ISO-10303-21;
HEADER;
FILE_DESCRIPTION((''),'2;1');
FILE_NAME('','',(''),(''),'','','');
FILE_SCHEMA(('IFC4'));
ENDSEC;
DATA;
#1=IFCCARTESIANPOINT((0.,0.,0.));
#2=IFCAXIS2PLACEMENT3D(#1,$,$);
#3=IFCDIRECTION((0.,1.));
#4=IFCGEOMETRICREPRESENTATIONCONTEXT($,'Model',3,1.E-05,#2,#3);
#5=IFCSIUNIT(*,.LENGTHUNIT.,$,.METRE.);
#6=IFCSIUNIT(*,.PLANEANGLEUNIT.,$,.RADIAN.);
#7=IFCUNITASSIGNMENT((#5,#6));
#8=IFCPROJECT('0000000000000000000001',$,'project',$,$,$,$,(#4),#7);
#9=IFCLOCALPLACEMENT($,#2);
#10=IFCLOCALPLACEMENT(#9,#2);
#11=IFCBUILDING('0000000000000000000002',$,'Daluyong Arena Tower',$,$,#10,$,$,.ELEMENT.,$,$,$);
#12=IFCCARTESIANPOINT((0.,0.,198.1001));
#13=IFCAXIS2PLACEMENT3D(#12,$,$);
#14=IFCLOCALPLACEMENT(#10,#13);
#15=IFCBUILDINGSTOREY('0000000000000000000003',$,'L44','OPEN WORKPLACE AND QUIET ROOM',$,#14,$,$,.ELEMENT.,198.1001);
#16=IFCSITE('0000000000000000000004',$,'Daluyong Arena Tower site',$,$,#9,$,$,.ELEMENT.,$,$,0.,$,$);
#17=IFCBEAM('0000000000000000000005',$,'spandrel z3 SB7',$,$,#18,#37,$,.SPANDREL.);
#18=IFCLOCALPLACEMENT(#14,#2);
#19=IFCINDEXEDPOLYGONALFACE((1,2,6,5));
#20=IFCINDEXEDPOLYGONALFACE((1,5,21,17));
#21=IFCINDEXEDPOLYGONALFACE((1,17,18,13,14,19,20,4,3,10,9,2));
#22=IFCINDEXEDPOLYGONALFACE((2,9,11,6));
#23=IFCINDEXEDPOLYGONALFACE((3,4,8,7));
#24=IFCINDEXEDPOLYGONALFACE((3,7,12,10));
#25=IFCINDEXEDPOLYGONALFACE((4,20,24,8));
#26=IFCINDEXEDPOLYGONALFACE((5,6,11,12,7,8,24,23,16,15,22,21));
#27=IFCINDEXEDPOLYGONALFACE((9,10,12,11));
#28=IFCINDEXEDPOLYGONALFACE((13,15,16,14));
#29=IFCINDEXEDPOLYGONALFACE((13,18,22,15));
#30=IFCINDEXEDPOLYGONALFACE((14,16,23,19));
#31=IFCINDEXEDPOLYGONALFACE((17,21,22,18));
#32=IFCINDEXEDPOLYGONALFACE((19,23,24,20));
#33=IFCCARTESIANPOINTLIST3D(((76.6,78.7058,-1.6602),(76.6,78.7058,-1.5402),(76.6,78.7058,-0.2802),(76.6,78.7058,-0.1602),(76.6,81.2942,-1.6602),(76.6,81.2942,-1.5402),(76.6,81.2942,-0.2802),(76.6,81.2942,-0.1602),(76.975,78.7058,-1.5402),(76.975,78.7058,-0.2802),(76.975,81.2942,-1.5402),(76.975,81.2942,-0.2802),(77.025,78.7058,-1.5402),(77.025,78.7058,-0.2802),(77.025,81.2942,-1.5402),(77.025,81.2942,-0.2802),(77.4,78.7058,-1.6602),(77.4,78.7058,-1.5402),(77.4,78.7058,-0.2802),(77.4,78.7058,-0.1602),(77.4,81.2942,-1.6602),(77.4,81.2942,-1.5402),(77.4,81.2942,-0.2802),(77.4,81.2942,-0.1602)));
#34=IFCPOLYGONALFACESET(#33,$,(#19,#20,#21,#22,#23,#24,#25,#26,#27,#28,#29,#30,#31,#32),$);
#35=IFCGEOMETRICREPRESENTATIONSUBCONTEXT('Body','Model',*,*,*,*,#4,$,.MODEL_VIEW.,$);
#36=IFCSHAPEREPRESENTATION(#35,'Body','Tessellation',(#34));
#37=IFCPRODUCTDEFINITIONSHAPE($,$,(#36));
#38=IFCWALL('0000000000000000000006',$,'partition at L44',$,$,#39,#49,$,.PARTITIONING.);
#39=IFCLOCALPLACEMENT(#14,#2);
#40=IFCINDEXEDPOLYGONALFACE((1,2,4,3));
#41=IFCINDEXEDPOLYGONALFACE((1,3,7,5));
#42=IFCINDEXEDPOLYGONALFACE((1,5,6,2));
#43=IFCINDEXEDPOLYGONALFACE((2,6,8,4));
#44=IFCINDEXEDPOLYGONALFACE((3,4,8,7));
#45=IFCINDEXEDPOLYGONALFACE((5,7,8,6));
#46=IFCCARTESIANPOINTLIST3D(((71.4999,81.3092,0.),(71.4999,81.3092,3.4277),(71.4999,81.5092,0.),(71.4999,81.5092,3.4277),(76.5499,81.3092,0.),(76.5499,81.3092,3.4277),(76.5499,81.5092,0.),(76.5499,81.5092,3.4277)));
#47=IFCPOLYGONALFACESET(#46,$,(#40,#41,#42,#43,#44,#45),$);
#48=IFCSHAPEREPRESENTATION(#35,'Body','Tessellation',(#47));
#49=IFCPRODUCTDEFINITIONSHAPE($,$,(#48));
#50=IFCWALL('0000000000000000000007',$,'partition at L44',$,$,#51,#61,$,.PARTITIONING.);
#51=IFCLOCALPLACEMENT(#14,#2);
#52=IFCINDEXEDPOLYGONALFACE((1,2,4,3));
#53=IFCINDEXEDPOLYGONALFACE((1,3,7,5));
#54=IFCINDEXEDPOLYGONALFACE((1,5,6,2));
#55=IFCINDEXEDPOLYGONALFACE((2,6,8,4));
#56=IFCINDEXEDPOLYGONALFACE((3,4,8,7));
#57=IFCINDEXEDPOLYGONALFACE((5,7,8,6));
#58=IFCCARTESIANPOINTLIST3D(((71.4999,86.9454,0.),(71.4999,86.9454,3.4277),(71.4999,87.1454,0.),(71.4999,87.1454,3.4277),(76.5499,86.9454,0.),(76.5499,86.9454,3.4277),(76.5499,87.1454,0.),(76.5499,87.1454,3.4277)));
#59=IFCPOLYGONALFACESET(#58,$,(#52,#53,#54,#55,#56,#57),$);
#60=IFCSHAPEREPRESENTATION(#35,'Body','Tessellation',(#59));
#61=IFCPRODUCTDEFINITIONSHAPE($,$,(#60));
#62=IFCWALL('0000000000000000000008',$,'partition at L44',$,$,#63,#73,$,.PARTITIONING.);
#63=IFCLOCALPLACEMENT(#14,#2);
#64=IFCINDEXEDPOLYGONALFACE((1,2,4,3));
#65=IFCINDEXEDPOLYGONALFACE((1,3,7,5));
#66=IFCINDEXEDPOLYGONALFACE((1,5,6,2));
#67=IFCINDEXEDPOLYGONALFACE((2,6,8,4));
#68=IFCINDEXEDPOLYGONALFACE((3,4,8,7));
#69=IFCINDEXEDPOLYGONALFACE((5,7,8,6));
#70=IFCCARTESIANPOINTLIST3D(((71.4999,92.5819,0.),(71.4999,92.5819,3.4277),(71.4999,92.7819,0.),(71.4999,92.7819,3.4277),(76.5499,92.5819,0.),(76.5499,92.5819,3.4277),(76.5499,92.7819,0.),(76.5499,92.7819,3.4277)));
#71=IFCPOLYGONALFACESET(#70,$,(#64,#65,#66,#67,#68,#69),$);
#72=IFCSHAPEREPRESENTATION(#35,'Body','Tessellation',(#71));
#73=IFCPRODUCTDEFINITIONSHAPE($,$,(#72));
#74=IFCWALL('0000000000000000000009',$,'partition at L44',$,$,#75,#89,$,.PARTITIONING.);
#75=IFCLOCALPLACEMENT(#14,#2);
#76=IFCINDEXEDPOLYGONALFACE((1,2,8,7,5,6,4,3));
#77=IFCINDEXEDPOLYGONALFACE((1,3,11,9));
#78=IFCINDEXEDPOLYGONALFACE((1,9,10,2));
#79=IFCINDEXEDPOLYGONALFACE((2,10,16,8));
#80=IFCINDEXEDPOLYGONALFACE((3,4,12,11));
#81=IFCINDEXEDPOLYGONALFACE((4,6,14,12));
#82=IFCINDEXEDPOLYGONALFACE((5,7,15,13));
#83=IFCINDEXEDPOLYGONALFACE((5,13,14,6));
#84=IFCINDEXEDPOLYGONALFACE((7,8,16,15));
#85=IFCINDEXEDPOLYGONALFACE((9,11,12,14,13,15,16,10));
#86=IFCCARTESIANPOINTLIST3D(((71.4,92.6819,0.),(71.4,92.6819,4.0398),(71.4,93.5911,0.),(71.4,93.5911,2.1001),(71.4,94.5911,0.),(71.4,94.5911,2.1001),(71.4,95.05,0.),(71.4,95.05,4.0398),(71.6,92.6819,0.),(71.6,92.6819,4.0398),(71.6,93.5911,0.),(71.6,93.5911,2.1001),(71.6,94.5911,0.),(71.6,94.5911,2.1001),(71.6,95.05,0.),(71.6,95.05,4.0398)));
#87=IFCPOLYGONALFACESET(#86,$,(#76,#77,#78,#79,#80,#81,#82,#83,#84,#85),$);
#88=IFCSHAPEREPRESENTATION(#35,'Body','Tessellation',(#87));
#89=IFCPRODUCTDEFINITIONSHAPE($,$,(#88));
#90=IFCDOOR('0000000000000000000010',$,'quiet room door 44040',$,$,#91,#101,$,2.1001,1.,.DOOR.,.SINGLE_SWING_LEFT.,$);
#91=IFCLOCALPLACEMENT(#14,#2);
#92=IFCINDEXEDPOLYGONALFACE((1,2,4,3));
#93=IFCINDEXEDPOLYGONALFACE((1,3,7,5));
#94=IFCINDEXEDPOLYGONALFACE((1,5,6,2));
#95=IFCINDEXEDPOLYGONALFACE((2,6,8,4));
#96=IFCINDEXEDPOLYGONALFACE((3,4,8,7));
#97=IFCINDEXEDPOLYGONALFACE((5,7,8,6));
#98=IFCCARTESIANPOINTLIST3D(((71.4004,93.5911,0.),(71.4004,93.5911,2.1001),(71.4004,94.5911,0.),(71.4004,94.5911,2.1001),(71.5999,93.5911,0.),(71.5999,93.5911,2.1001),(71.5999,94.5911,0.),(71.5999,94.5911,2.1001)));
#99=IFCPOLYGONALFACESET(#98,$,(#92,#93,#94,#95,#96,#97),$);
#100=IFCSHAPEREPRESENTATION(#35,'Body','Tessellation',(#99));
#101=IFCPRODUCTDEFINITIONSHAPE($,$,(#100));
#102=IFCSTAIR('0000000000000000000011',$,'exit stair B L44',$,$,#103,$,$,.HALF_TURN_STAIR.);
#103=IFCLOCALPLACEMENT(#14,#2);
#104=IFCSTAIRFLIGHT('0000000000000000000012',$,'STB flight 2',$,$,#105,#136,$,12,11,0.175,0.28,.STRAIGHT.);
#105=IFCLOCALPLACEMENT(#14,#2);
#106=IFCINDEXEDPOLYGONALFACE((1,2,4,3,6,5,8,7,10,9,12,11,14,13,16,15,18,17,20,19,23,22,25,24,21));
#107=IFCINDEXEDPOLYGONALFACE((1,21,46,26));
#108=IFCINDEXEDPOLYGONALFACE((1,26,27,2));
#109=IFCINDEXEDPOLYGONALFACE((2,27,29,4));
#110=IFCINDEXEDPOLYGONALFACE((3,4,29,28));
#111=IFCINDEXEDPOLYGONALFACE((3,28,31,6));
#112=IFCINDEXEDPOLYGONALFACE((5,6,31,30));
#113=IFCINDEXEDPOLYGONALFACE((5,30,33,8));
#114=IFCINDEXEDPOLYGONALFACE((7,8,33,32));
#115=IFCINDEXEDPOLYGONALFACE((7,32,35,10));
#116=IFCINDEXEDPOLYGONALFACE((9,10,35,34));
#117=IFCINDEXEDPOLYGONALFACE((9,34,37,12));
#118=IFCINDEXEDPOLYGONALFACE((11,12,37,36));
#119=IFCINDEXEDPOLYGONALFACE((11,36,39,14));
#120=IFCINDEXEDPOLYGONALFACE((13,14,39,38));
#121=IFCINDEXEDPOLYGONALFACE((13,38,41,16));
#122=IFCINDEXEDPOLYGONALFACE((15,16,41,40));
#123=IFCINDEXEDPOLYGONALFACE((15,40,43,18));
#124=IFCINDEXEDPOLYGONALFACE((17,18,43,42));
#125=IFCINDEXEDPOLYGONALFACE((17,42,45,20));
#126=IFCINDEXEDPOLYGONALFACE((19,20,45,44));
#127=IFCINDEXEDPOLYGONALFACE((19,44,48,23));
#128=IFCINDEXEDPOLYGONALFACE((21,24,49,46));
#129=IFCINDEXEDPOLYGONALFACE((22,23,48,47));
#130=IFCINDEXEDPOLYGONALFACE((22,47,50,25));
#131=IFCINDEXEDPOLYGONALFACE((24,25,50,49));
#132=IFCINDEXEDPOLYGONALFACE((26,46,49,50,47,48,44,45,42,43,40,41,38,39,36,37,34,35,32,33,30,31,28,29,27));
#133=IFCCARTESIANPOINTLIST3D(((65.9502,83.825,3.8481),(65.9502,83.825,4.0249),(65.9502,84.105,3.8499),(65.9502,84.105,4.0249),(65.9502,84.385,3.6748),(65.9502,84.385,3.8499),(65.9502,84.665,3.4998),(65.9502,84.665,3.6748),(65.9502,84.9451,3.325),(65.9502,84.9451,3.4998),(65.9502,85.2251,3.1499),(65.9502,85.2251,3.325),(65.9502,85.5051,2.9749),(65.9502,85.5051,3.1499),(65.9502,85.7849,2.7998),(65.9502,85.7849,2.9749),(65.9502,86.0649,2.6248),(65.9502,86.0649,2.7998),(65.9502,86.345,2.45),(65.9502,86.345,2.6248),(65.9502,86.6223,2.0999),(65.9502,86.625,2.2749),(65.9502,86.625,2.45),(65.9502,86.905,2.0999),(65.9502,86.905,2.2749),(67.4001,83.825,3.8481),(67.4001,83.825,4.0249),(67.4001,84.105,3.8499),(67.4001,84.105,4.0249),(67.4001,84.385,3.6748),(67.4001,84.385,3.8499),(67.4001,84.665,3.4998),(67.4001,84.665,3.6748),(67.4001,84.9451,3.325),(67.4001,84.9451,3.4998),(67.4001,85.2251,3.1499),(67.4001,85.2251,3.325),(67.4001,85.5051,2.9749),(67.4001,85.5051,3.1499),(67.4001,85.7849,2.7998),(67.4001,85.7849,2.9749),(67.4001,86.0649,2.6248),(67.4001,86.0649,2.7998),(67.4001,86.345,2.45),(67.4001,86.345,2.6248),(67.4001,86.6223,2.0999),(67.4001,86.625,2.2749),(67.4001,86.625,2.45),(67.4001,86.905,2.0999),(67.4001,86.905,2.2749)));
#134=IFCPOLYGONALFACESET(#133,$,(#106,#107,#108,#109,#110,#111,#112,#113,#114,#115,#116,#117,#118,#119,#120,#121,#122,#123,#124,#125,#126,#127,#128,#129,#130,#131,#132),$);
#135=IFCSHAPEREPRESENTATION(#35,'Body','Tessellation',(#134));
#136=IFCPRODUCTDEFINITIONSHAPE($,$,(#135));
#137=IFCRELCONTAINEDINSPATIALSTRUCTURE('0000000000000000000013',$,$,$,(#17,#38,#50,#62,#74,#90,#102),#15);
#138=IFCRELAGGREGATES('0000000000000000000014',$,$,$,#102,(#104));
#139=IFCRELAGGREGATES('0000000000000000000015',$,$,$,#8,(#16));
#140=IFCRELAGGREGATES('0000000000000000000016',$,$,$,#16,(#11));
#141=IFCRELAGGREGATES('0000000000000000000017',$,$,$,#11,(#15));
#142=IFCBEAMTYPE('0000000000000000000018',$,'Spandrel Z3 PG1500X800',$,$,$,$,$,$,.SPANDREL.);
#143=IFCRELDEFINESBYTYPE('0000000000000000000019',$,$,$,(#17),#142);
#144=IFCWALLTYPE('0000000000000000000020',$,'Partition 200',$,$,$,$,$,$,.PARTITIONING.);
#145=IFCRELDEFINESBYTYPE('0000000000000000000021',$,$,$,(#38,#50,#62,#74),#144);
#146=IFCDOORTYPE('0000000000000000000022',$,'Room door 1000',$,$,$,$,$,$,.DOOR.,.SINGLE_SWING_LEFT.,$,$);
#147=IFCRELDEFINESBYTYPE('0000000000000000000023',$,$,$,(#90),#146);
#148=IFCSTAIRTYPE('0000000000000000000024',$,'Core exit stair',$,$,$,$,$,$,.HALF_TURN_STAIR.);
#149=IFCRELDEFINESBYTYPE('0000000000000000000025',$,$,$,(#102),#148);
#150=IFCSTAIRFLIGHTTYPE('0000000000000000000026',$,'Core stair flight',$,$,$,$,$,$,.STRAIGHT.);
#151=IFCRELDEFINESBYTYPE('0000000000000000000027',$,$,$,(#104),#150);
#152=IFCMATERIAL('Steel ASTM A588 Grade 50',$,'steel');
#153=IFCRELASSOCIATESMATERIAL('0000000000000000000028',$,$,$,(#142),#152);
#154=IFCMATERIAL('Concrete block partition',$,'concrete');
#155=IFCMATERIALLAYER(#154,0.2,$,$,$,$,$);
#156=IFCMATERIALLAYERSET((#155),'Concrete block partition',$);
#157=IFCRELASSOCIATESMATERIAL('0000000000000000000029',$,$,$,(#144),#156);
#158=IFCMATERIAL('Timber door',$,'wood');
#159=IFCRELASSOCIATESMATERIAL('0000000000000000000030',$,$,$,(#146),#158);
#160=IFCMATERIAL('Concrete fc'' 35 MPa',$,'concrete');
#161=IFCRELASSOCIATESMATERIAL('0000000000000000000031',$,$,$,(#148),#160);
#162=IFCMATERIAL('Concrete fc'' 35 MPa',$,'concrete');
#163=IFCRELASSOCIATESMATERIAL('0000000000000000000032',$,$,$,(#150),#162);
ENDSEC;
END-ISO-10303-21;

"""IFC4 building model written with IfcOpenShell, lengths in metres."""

from ifc_helpers import new_model, si_unit, direction, frame, frame_2d, origin, origin_2d, place, context, subcontext, project, spatial, polyline, rectangle, i_section, outline, extrude, material, layer, layer_set, material_profile, profile_set, type_object, element, fill, aggregate, save


model = new_model("IFC4")

# Units and contexts
model_context = context("Model", 3, precision=1e-05, world=origin(), true_north=direction((0.0, 1.0)))
body_context = subcontext(model_context, "Body", "Model", "MODEL_VIEW")
ifc_project = project(units=[si_unit("LENGTHUNIT", "METRE"), si_unit("PLANEANGLEUNIT", "RADIAN")], contexts=[model_context])

# Site, building, storey
site_placement = place(None, origin())
site = spatial("IfcSite", under=ifc_project, at=site_placement, Name="Daluyong Arena Tower site", CompositionType="ELEMENT", RefElevation=0.0)
building_placement = place(site_placement, origin())
building = spatial("IfcBuilding", under=site, at=building_placement, Name="Daluyong Arena Tower", CompositionType="ELEMENT")
storey_placement = place(building_placement, frame((0.0, 0.0, 198.1001)))
storey = spatial("IfcBuildingStorey", under=building, at=storey_placement, Name="L44", Description="OPEN WORKPLACE AND QUIET ROOM", CompositionType="ELEMENT", Elevation=198.1001)

# Beam
ifc_material_1 = material(Name="Steel ASTM A588 Grade 50", Category="steel")
ifc_material_profile_1 = material_profile(ifc_material_1, i_section(OverallWidth=0.8, OverallDepth=1.5, WebThickness=0.05, FlangeThickness=0.12, at=origin_2d()))
ifc_profile_set_1 = profile_set([ifc_material_profile_1], Name="Steel ASTM A588 Grade 50")
beam_type_1 = type_object("IfcBeamType", Name="Spandrel Z3 PG1500X800", PredefinedType="SPANDREL", material=ifc_profile_set_1)
beam_1_placement = place(storey_placement, frame((77.0, 78.7058, -0.9102), z_axis=(0.0, 1.0, 0.0), x_axis=(-1.0, 0.0, 0.0)))
element("IfcBeam", 1, at=beam_1_placement, inside=storey, type_object=beam_type_1, Name="spandrel z3 SB7", PredefinedType="SPANDREL", context=body_context, shape_type="SweptSolid", body=[
    extrude(i_section(OverallWidth=0.8, OverallDepth=1.5, WebThickness=0.05, FlangeThickness=0.12, at=origin_2d()), origin(), (0.0, 0.0, 1.0), 2.5884),
])

# Walls
ifc_material_2 = material(Name="Concrete block partition", Category="concrete")
ifc_layer = layer(ifc_material_2, 0.2)
ifc_layer_set = layer_set([ifc_layer], Name="Concrete block partition")
wall_type = type_object("IfcWallType", Name="Partition 200", PredefinedType="PARTITIONING", material=ifc_layer_set)
for number, where, z_axis, x_axis, name in (
    (2, (71.5, 81.4092, 0.0), (0.0, 0.0, 1.0), (1.0, 0.0, 0.0), "partition at L44"),
    (3, (71.5, 87.0454, 0.0), (0.0, 0.0, 1.0), (1.0, 0.0, 0.0), "partition at L44"),
    (4, (71.5, 92.6819, 0.0), (0.0, 0.0, 1.0), (1.0, 0.0, 0.0), "partition at L44"),
):
    element("IfcWall", number, at=place(storey_placement, frame(where, z_axis=z_axis, x_axis=x_axis)), inside=storey, type_object=wall_type, Name=name, PredefinedType="PARTITIONING", context=body_context, shape_type="SweptSolid", body=[
        extrude(rectangle(XDim=5.05, YDim=0.2, at=frame_2d((2.5249, 0.0))), origin(), (0.0, 0.0, 1.0), 3.4277),
    ])

# Wall, opening, door
wall_placement = place(storey_placement, frame((71.5, 92.6819, 0.0), z_axis=(0.0, 0.0, 1.0), x_axis=(0.0, 1.0, 0.0)))
wall = element("IfcWall", 5, at=wall_placement, inside=storey, type_object=wall_type, Name="partition at L44", PredefinedType="PARTITIONING", context=body_context, shape_type="SweptSolid", body=[
    extrude(rectangle(XDim=2.3682, YDim=0.2, at=frame_2d((1.1841, 0.0))), origin(), (0.0, 0.0, 1.0), 4.0398),
])
opening_placement = place(wall_placement, frame((0.9092, 0.0, 0.0)))
opening = element("IfcOpeningElement", 6, at=opening_placement, cuts=wall, PredefinedType="OPENING", context=body_context, shape_type="SweptSolid", body=[
    extrude(rectangle(XDim=1.0, YDim=2.1001, at=frame_2d((0.5, 1.05))), frame((0.0, 0.1099, 0.0), z_axis=(0.0, -1.0, 0.0), x_axis=(1.0, 0.0, 0.0)), (0.0, 0.0, 1.0), 0.22),
])
ifc_material_3 = material(Name="Timber door", Category="wood")
door_type = type_object("IfcDoorType", Name="Room door 1000", OperationType="SINGLE_SWING_LEFT", PredefinedType="DOOR", material=ifc_material_3)
door_placement = place(opening_placement, origin())
door = element("IfcDoor", 7, at=door_placement, inside=storey, type_object=door_type, Name="quiet room door 44040", OperationType="SINGLE_SWING_LEFT", OverallHeight=2.1001, OverallWidth=1.0, PredefinedType="DOOR", context=body_context, shape_type="SweptSolid", body=[
    extrude(rectangle(XDim=1.0, YDim=2.1001, at=frame_2d((0.5, 1.05))), frame((0.0, 0.0996, 0.0), z_axis=(0.0, -1.0, 0.0), x_axis=(1.0, 0.0, 0.0)), (0.0, 0.0, 1.0), 0.1995),
])
fill(opening, door)

# Stair, stair flight
ifc_material_4 = material(Name="Concrete fc' 35 MPa", Category="concrete")
stair_type = type_object("IfcStairType", Name="Core exit stair", PredefinedType="HALF_TURN_STAIR", material=ifc_material_4)
stair_placement = place(storey_placement, origin())
stair = element("IfcStair", 8, at=stair_placement, inside=storey, type_object=stair_type, Name="exit stair B L44", PredefinedType="HALF_TURN_STAIR")
ifc_material_5 = material(Name="Concrete fc' 35 MPa", Category="concrete")
stair_flight_type = type_object("IfcStairFlightType", Name="Core stair flight", PredefinedType="STRAIGHT", material=ifc_material_5)
stair_flight_placement = place(storey_placement, frame((66.675, 86.905, 2.0999), z_axis=(0.0, 0.0, 1.0), x_axis=(0.0, -1.0, 0.0)))
stair_flight = element("IfcStairFlight", 9, at=stair_flight_placement, type_object=stair_flight_type, Name="STB flight 2", NumberOfRisers=12, NumberOfTreads=11, PredefinedType="STRAIGHT", RiserHeight=0.175, TreadLength=0.28, context=body_context, shape_type="SweptSolid", body=[
    extrude(outline(polyline([(0.0, 0.0), (0.0, 0.175), (0.28, 0.175), (0.28, 0.3501), (0.5601, 0.3501), (0.5601, 0.5249), (0.8401, 0.5249), (0.8401, 0.7), (1.1201, 0.7), (1.1201, 0.875), (1.3999, 0.875), (1.3999, 1.05), (1.6799, 1.05), (1.6799, 1.2251), (1.96, 1.2251), (1.96, 1.3999), (2.24, 1.3999), (2.24, 1.575), (2.52, 1.575), (2.52, 1.75), (2.8, 1.75), (2.8, 1.925), (3.0801, 1.925), (3.0801, 2.1001), (3.0801, 1.7483), (0.2827, 0.0), (0.0, 0.0)])), frame((0.0, 0.7251, 0.0), z_axis=(0.0, -1.0, 0.0), x_axis=(1.0, 0.0, 0.0)), (0.0, 0.0, 1.0), 1.45),
])
aggregate(stair, [stair_flight])

save(model, "model.ifc")
